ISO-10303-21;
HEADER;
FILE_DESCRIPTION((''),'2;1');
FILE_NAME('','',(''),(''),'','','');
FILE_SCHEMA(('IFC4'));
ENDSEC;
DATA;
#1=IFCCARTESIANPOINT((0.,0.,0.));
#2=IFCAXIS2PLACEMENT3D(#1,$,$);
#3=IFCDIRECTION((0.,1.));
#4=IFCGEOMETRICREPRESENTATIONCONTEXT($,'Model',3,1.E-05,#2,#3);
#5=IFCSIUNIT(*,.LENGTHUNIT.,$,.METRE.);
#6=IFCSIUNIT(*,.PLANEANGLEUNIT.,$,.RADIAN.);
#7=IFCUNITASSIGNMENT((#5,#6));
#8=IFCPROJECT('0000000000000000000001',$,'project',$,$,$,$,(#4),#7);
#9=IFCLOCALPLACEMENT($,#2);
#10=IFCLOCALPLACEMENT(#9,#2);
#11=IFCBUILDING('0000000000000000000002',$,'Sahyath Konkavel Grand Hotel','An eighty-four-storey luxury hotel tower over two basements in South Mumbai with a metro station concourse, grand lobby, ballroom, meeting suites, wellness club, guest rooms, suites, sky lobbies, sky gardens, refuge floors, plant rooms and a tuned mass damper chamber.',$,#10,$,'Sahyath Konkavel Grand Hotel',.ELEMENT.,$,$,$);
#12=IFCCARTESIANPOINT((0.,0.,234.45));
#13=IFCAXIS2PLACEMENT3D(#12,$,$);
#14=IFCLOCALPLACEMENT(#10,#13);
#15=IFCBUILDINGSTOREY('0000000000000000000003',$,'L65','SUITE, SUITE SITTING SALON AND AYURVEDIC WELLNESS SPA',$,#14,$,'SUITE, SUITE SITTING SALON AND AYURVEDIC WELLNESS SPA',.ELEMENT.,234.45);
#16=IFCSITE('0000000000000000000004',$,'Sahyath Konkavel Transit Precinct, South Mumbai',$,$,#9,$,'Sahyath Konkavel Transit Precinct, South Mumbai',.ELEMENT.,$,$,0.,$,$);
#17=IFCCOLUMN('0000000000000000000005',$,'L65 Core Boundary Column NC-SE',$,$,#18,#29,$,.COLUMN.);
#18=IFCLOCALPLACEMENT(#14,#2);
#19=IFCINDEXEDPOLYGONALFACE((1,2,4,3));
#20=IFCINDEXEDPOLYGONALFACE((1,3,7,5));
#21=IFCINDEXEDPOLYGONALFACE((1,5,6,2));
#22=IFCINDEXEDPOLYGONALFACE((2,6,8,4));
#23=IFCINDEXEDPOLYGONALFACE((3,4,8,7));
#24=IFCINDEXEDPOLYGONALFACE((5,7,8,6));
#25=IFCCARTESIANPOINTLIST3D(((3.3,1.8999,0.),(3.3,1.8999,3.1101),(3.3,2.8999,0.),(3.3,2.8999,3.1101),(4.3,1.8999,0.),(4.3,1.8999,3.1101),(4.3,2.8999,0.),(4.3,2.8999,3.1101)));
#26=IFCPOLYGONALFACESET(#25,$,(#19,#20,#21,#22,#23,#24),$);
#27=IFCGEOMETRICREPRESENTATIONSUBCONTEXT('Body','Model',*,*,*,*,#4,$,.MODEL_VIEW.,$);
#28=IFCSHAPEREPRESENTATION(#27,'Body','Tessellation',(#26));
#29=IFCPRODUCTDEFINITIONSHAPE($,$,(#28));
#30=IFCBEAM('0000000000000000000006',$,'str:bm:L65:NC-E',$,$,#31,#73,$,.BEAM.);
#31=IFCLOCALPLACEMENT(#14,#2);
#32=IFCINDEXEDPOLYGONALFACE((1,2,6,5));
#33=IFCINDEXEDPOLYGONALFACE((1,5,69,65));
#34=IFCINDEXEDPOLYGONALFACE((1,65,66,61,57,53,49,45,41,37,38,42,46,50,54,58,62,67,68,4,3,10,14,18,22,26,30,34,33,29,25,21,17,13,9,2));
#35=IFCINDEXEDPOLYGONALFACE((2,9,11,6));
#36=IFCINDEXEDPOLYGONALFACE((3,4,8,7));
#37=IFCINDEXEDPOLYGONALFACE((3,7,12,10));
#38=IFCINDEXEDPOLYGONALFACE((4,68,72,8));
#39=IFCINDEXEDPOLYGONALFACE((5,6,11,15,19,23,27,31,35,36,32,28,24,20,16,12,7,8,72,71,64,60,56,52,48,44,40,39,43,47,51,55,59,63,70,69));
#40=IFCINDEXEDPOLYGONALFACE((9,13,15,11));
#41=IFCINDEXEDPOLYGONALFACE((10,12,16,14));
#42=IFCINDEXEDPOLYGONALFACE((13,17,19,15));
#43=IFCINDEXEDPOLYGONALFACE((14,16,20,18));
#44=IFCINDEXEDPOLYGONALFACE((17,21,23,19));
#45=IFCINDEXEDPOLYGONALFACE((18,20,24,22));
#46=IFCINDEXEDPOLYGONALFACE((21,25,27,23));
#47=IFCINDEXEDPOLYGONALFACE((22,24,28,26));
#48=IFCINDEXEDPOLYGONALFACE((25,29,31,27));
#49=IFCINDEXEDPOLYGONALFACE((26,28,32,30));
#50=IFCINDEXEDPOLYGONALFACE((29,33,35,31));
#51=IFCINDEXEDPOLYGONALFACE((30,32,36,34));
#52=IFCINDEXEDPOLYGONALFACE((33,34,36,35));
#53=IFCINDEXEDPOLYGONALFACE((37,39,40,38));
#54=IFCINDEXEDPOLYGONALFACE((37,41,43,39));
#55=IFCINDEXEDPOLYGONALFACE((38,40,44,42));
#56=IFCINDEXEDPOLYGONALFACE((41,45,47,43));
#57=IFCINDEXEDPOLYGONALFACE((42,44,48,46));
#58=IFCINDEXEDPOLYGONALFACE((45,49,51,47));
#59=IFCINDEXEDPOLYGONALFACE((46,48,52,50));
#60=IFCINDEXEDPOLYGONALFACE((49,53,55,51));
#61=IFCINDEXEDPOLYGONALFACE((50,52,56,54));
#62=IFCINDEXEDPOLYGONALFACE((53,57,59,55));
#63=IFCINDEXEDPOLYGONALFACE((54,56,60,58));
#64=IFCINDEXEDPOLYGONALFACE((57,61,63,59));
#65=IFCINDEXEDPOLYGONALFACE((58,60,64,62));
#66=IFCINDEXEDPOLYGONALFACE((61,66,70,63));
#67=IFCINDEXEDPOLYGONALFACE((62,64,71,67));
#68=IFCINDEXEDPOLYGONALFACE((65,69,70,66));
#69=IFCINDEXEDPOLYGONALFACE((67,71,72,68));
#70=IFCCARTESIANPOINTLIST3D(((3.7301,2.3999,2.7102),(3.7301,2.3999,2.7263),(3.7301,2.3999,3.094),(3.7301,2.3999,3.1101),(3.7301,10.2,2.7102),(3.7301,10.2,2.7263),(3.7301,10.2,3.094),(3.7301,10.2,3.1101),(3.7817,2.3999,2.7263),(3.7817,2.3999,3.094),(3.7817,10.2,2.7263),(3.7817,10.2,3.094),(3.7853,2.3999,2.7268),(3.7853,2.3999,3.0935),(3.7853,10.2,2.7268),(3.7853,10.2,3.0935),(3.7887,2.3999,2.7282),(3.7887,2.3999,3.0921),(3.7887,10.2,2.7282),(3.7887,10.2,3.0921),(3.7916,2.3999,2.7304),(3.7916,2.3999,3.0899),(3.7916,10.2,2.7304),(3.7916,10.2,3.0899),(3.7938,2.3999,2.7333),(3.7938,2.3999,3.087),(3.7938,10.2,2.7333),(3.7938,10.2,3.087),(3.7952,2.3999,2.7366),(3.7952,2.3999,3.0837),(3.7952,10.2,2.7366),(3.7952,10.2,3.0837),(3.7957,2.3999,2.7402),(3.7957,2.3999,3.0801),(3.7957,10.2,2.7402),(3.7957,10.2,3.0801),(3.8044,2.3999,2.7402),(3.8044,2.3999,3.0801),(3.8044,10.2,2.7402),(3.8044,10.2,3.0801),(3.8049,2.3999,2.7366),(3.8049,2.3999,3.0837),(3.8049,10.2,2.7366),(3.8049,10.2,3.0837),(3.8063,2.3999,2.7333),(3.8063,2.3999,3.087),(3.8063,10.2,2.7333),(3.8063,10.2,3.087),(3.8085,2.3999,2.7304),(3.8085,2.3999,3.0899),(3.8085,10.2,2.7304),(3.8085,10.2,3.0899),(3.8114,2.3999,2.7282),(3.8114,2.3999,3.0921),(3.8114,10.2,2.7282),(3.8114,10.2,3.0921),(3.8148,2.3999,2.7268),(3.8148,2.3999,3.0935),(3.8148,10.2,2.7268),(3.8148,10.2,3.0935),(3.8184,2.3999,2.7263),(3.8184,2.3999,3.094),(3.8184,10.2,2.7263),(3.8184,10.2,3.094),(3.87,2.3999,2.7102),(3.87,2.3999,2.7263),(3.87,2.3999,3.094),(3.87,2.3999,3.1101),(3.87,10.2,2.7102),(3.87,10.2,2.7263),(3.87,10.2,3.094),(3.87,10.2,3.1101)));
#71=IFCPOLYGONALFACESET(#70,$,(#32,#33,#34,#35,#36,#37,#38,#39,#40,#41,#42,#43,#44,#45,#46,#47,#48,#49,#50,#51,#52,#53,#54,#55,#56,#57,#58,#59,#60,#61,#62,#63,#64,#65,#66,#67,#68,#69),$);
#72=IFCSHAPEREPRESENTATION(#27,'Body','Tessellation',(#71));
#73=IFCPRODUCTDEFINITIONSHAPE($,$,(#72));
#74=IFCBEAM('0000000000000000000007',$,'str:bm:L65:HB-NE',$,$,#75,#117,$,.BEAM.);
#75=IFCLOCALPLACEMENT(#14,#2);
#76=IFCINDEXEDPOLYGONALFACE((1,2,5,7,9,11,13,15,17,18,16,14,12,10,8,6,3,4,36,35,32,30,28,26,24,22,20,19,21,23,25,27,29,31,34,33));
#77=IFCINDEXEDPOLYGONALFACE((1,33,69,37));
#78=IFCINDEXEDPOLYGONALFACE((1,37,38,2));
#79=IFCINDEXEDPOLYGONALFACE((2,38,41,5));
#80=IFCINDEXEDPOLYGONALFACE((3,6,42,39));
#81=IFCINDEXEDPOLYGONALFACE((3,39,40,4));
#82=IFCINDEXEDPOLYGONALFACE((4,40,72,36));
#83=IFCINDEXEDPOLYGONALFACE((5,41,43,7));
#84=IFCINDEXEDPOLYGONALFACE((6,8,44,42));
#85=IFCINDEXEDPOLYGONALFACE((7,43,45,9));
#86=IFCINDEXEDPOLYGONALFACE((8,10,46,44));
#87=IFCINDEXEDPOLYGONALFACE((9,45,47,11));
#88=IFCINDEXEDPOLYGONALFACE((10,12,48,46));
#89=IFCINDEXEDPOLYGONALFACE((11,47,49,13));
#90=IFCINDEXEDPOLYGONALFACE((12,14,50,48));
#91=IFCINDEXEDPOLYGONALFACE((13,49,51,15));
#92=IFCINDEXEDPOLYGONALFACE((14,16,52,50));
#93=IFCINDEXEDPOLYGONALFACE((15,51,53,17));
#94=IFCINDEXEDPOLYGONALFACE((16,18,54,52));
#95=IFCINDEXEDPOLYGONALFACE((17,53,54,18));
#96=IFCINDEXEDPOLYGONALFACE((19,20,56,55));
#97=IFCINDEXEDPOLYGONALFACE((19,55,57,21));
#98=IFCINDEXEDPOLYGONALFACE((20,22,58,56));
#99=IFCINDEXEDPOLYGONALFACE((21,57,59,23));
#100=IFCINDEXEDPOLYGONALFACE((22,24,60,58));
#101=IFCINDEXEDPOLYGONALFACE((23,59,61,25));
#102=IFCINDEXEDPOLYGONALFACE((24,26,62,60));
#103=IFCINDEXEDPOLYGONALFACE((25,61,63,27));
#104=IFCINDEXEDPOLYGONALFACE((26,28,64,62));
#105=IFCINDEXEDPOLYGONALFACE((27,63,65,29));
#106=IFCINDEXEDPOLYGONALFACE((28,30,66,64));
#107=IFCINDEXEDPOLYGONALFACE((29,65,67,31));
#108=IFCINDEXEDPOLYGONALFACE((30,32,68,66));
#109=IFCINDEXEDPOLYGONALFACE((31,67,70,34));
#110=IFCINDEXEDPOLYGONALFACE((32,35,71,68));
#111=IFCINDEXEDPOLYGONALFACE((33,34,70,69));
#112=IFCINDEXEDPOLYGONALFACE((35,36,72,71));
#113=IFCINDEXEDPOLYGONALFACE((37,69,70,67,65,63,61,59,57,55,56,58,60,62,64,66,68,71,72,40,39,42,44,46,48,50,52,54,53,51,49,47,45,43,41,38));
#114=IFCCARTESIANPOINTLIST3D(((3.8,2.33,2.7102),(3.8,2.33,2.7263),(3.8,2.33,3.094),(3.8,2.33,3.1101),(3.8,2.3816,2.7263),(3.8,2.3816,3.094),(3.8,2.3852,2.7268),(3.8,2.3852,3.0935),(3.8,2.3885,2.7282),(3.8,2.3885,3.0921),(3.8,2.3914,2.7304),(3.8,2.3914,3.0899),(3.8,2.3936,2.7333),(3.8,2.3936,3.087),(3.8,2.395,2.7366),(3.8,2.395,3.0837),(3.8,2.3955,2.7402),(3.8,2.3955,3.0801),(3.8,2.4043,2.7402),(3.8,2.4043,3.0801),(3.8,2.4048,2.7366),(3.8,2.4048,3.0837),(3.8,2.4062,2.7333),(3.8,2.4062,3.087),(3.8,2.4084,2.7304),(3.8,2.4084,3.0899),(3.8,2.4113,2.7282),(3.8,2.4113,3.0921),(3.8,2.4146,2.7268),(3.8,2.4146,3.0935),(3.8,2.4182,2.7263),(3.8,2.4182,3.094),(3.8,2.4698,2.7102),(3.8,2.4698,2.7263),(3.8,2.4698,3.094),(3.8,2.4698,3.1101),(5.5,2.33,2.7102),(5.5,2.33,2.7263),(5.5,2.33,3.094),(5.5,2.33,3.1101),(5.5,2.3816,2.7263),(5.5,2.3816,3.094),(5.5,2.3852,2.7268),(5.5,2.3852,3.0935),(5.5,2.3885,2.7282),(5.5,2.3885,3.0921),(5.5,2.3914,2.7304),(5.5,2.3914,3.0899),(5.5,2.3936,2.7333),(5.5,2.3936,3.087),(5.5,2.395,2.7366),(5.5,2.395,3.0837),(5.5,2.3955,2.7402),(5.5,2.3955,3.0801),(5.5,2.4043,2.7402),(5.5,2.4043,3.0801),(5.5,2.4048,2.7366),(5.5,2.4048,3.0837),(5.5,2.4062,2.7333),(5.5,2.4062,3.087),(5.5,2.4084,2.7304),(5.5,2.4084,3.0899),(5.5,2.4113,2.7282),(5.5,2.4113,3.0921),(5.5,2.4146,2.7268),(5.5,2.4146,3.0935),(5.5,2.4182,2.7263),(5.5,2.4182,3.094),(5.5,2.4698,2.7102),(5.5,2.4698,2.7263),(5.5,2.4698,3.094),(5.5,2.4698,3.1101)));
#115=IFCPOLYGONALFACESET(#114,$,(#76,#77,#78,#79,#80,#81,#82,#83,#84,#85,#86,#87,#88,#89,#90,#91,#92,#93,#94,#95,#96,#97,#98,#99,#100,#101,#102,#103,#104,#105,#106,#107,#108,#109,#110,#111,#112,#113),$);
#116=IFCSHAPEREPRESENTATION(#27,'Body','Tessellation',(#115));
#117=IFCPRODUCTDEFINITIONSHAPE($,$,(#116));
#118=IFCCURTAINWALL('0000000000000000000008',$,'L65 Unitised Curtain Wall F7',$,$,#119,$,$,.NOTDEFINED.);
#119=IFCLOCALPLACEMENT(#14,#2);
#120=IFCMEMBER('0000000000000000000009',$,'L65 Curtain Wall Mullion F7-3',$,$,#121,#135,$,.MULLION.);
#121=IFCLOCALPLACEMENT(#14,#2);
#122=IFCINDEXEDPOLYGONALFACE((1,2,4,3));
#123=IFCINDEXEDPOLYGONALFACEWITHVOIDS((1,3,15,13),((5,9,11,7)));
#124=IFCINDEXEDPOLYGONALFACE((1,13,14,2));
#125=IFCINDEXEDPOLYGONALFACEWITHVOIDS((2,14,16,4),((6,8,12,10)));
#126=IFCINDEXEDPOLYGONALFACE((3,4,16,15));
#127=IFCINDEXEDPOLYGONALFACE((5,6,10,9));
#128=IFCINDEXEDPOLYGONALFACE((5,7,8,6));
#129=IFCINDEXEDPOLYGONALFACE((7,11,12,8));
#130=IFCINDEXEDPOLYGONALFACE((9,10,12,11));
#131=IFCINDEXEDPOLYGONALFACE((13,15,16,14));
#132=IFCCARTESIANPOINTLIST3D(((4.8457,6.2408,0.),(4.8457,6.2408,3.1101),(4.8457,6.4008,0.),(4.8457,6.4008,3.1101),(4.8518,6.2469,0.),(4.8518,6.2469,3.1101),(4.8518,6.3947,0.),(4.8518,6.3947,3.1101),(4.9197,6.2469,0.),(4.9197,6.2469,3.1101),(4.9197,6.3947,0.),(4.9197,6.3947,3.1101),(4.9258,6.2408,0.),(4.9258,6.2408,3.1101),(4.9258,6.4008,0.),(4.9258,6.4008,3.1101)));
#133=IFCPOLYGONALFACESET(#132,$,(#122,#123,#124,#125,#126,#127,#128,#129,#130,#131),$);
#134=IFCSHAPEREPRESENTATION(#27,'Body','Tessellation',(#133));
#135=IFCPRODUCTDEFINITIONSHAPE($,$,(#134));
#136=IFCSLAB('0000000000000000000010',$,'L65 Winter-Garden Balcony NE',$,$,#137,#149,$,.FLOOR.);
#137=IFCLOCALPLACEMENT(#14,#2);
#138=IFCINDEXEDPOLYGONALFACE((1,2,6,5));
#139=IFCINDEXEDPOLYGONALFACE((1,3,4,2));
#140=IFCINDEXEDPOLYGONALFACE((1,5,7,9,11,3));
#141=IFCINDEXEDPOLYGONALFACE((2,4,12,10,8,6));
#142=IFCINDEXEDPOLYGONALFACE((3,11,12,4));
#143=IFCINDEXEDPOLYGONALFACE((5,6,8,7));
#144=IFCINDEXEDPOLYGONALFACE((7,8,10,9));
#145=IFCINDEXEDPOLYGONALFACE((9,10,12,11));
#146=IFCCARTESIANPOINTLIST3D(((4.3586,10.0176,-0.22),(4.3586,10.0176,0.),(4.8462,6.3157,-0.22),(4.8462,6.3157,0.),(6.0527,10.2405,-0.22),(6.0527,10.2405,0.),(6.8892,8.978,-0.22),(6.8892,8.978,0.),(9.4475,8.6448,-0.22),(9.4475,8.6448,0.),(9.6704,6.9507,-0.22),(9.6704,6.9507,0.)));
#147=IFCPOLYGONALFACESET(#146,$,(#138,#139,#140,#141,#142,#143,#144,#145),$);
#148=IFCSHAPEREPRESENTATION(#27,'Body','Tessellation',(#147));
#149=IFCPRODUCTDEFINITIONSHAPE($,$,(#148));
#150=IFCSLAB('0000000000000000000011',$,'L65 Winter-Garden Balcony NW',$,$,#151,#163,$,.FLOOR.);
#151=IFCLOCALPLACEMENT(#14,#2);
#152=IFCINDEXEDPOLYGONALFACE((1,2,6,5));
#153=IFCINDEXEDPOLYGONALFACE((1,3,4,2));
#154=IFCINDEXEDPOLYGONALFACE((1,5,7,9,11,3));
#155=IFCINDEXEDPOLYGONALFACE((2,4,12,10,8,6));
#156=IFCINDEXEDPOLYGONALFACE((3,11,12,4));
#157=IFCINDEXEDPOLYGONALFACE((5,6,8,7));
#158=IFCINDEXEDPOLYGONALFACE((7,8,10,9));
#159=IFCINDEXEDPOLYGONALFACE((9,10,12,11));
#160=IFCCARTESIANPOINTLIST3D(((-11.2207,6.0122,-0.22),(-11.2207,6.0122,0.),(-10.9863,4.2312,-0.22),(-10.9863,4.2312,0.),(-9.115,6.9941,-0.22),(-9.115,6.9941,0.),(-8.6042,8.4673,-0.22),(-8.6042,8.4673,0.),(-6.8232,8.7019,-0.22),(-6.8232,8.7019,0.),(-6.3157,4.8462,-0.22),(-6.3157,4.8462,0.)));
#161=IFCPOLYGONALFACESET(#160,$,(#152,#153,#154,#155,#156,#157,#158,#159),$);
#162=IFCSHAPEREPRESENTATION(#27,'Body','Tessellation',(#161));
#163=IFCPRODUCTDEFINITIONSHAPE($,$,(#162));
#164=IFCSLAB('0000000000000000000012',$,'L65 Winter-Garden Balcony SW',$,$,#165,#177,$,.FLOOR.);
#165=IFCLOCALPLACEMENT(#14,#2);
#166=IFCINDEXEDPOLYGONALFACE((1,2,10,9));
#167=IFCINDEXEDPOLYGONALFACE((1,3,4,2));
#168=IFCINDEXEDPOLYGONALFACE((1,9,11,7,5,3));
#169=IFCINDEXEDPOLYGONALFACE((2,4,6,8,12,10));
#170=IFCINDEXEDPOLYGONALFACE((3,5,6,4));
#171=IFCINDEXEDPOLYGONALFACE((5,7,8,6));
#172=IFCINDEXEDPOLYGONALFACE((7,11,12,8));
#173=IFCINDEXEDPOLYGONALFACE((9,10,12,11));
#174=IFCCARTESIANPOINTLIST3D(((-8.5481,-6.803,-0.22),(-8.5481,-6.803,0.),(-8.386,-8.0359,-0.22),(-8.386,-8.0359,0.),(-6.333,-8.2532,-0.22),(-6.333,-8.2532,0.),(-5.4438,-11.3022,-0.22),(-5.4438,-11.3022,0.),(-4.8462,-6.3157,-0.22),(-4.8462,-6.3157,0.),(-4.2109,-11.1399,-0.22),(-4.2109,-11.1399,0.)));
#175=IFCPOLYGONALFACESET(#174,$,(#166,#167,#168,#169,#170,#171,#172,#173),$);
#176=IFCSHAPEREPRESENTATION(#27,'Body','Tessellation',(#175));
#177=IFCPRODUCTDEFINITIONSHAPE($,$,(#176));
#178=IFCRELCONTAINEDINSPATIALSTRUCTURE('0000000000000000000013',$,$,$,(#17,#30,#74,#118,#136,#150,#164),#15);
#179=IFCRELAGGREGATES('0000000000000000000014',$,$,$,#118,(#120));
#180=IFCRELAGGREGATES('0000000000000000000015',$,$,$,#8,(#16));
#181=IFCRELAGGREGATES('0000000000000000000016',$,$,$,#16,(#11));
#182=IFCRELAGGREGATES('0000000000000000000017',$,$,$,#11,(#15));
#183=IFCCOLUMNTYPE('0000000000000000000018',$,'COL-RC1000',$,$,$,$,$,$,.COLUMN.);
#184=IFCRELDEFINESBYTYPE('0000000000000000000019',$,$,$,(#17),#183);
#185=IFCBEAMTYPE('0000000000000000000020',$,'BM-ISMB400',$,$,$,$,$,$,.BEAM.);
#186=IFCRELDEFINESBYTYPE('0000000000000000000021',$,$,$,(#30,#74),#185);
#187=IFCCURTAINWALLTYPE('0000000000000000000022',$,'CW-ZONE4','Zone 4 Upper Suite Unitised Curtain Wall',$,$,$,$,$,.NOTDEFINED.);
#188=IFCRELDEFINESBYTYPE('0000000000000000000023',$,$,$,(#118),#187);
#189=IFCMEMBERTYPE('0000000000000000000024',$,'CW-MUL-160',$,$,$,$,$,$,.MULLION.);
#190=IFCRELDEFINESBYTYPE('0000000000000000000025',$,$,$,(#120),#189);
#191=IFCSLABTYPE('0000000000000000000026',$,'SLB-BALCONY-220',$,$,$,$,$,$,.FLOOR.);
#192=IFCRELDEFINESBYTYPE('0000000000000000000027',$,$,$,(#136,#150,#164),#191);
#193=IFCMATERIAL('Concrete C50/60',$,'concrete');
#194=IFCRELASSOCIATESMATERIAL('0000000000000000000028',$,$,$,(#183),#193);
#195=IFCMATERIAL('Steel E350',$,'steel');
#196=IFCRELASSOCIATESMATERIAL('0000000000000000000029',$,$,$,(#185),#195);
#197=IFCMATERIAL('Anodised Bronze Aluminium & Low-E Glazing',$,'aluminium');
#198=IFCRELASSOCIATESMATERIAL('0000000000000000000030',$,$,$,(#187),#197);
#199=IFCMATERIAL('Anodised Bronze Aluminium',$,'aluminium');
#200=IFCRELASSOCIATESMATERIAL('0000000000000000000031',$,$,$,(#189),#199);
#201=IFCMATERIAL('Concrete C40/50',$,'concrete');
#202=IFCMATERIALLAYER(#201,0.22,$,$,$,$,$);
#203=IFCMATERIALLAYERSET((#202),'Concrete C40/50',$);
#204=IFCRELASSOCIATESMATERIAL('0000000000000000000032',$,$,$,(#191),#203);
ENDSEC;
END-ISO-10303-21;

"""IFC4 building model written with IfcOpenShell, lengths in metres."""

from ifc_helpers import new_model, si_unit, direction, frame, origin, origin_2d, place, context, subcontext, project, spatial, polyline, rectangle, hollow_rectangle, i_section, outline, extrude, source, transform, mapped, material, layer, layer_set, material_profile, profile_set, type_object, element, aggregate, save


model = new_model("IFC4")

# Units and contexts
model_context = context("Model", 3, precision=1e-05, world=origin(), true_north=direction((0.0, 1.0)))
body_context = subcontext(model_context, "Body", "Model", "MODEL_VIEW")
ifc_project = project(units=[si_unit("LENGTHUNIT", "METRE"), si_unit("PLANEANGLEUNIT", "RADIAN")], contexts=[model_context])

# Site, building, storey
site_placement = place(None, origin())
site = spatial("IfcSite", under=ifc_project, at=site_placement, Name="Sahyath Konkavel Transit Precinct, South Mumbai", LongName="Sahyath Konkavel Transit Precinct, South Mumbai", CompositionType="ELEMENT", RefElevation=0.0)
building_placement = place(site_placement, origin())
building = spatial("IfcBuilding", under=site, at=building_placement, Name="Sahyath Konkavel Grand Hotel", Description="An eighty-four-storey luxury hotel tower over two basements in South Mumbai with a metro station concourse, grand lobby, ballroom, meeting suites, wellness club, guest rooms, suites, sky lobbies, sky gardens, refuge floors, plant rooms and a tuned mass damper chamber.", LongName="Sahyath Konkavel Grand Hotel", CompositionType="ELEMENT")
storey_placement = place(building_placement, frame((0.0, 0.0, 234.45)))
storey = spatial("IfcBuildingStorey", under=building, at=storey_placement, Name="L65", Description="SUITE, SUITE SITTING SALON AND AYURVEDIC WELLNESS SPA", LongName="SUITE, SUITE SITTING SALON AND AYURVEDIC WELLNESS SPA", CompositionType="ELEMENT", Elevation=234.45)

# Column
ifc_material_1 = material(Name="Concrete C50/60", Category="concrete")
ifc_material_profile_1 = material_profile(ifc_material_1, rectangle(XDim=1.0, YDim=1.0, at=origin_2d()), Name="RC 1000x1000")
ifc_profile_set_1 = profile_set([ifc_material_profile_1], Name="Concrete C50/60")
column_type = type_object("IfcColumnType", Name="COL-RC1000", PredefinedType="COLUMN", material=ifc_profile_set_1)
shared_shape_1 = source(origin(), body_context, "Body", "SweptSolid", [
    extrude(rectangle(XDim=1.0, YDim=1.0, at=origin_2d()), origin(), (0.0, 0.0, 1.0), 3.1101),
])
column_placement = place(storey_placement, frame((3.8, 2.3999, 0.0), z_axis=(0.0, 0.0, 1.0), x_axis=(1.0, 0.0, 0.0)))
element("IfcColumn", 1, at=column_placement, inside=storey, type_object=column_type, Name="L65 Core Boundary Column NC-SE", PredefinedType="COLUMN", context=body_context, shape_type="MappedRepresentation", body=[
    mapped(shared_shape_1, transform((0.0, 0.0, 0.0), scale=1.0)),
])

# Beams
ifc_material_2 = material(Name="Steel E350", Category="steel")
ifc_material_profile_2 = material_profile(ifc_material_2, i_section(OverallWidth=0.1399, OverallDepth=0.3999, WebThickness=0.0088, FlangeThickness=0.0161, FilletRadius=0.0139, at=origin_2d()), Name="ISMB 400")
ifc_profile_set_2 = profile_set([ifc_material_profile_2], Name="Steel E350")
beam_type = type_object("IfcBeamType", Name="BM-ISMB400", PredefinedType="BEAM", material=ifc_profile_set_2)
shared_shape_2 = source(origin(), body_context, "Body", "SweptSolid", [
    extrude(i_section(OverallWidth=0.1399, OverallDepth=0.3999, WebThickness=0.0088, FlangeThickness=0.0161, FilletRadius=0.0139, at=origin_2d()), origin(), (0.0, 0.0, 1.0), 7.8),
])
beam_1_placement = place(storey_placement, frame((3.8, 2.3999, 2.9102), z_axis=(0.0, 1.0, 0.0), x_axis=(-1.0, 0.0, 0.0)))
element("IfcBeam", 2, at=beam_1_placement, inside=storey, type_object=beam_type, Name="str:bm:L65:NC-E", PredefinedType="BEAM", context=body_context, shape_type="MappedRepresentation", body=[
    mapped(shared_shape_2, transform((0.0, 0.0, 0.0), scale=1.0)),
])
shared_shape_3 = source(origin(), body_context, "Body", "SweptSolid", [
    extrude(i_section(OverallWidth=0.1399, OverallDepth=0.3999, WebThickness=0.0088, FlangeThickness=0.0161, FilletRadius=0.0139, at=origin_2d()), origin(), (0.0, 0.0, 1.0), 1.7),
])
beam_2_placement = place(storey_placement, frame((3.8, 2.3999, 2.9102), z_axis=(1.0, 0.0, 0.0), x_axis=(0.0, 1.0, 0.0)))
element("IfcBeam", 3, at=beam_2_placement, inside=storey, type_object=beam_type, Name="str:bm:L65:HB-NE", PredefinedType="BEAM", context=body_context, shape_type="MappedRepresentation", body=[
    mapped(shared_shape_3, transform((0.0, 0.0, 0.0), scale=1.0)),
])

# Curtain wall, member
ifc_material_3 = material(Name="Anodised Bronze Aluminium & Low-E Glazing", Category="aluminium")
curtain_wall_type = type_object("IfcCurtainWallType", Name="CW-ZONE4", Description="Zone 4 Upper Suite Unitised Curtain Wall", PredefinedType="NOTDEFINED", material=ifc_material_3)
curtain_wall_placement = place(storey_placement, origin())
curtain_wall = element("IfcCurtainWall", 4, at=curtain_wall_placement, inside=storey, type_object=curtain_wall_type, Name="L65 Unitised Curtain Wall F7", PredefinedType="NOTDEFINED")
ifc_material_4 = material(Name="Anodised Bronze Aluminium", Category="aluminium")
ifc_material_profile_3 = material_profile(ifc_material_4, hollow_rectangle(XDim=0.0801, YDim=0.1599, WallThickness=0.0061, at=origin_2d()), Name="RHS 160x80x6")
ifc_profile_set_3 = profile_set([ifc_material_profile_3], Name="Anodised Bronze Aluminium")
member_type = type_object("IfcMemberType", Name="CW-MUL-160", PredefinedType="MULLION", material=ifc_profile_set_3)
shared_shape_4 = source(origin(), body_context, "Body", "SweptSolid", [
    extrude(hollow_rectangle(XDim=0.0801, YDim=0.1599, WallThickness=0.0061, at=origin_2d()), origin(), (0.0, 0.0, 1.0), 3.1101),
])
member_placement = place(storey_placement, frame((4.8857, 6.3208, 0.0), z_axis=(0.0, 0.0, 1.0), x_axis=(1.0, 0.0, 0.0)))
member = element("IfcMember", 5, at=member_placement, type_object=member_type, Name="L65 Curtain Wall Mullion F7-3", PredefinedType="MULLION", context=body_context, shape_type="MappedRepresentation", body=[
    mapped(shared_shape_4, transform((0.0, 0.0, 0.0), scale=1.0)),
])
aggregate(curtain_wall, [member])

# Slabs
ifc_material_5 = material(Name="Concrete C40/50", Category="concrete")
ifc_layer_1 = layer(ifc_material_5, 0.22)
ifc_layer_set_1 = layer_set([ifc_layer_1], Name="Concrete C40/50")
slab_type_1 = type_object("IfcSlabType", Name="SLB-BALCONY-220", PredefinedType="FLOOR", material=ifc_layer_set_1)
slab_1_placement = place(storey_placement, frame((0.0, 0.0, -0.22)))
element("IfcSlab", 6, at=slab_1_placement, inside=storey, type_object=slab_type_1, Name="L65 Winter-Garden Balcony NE", PredefinedType="FLOOR", context=body_context, shape_type="SweptSolid", body=[
    extrude(outline(polyline([(4.8462, 6.3157), (9.6704, 6.9507), (9.4475, 8.6448), (6.8892, 8.978), (6.0527, 10.2405), (4.3586, 10.0176), (4.8462, 6.3157)])), origin(), (0.0, 0.0, 1.0), 0.22),
])
slab_2_placement = place(storey_placement, frame((0.0, 0.0, -0.22)))
element("IfcSlab", 7, at=slab_2_placement, inside=storey, type_object=slab_type_1, Name="L65 Winter-Garden Balcony NW", PredefinedType="FLOOR", context=body_context, shape_type="SweptSolid", body=[
    extrude(outline(polyline([(-6.3157, 4.8462), (-6.8232, 8.7019), (-8.6042, 8.4673), (-9.115, 6.9941), (-11.2207, 6.0122), (-10.9863, 4.2312), (-6.3157, 4.8462)])), origin(), (0.0, 0.0, 1.0), 0.22),
])
slab_3_placement = place(storey_placement, frame((0.0, 0.0, -0.22)))
element("IfcSlab", 8, at=slab_3_placement, inside=storey, type_object=slab_type_1, Name="L65 Winter-Garden Balcony SW", PredefinedType="FLOOR", context=body_context, shape_type="SweptSolid", body=[
    extrude(outline(polyline([(-4.8462, -6.3157), (-8.5481, -6.803), (-8.386, -8.0359), (-6.333, -8.2532), (-5.4438, -11.3022), (-4.2109, -11.1399), (-4.8462, -6.3157)])), origin(), (0.0, 0.0, 1.0), 0.22),
])

save(model, "model.ifc")
